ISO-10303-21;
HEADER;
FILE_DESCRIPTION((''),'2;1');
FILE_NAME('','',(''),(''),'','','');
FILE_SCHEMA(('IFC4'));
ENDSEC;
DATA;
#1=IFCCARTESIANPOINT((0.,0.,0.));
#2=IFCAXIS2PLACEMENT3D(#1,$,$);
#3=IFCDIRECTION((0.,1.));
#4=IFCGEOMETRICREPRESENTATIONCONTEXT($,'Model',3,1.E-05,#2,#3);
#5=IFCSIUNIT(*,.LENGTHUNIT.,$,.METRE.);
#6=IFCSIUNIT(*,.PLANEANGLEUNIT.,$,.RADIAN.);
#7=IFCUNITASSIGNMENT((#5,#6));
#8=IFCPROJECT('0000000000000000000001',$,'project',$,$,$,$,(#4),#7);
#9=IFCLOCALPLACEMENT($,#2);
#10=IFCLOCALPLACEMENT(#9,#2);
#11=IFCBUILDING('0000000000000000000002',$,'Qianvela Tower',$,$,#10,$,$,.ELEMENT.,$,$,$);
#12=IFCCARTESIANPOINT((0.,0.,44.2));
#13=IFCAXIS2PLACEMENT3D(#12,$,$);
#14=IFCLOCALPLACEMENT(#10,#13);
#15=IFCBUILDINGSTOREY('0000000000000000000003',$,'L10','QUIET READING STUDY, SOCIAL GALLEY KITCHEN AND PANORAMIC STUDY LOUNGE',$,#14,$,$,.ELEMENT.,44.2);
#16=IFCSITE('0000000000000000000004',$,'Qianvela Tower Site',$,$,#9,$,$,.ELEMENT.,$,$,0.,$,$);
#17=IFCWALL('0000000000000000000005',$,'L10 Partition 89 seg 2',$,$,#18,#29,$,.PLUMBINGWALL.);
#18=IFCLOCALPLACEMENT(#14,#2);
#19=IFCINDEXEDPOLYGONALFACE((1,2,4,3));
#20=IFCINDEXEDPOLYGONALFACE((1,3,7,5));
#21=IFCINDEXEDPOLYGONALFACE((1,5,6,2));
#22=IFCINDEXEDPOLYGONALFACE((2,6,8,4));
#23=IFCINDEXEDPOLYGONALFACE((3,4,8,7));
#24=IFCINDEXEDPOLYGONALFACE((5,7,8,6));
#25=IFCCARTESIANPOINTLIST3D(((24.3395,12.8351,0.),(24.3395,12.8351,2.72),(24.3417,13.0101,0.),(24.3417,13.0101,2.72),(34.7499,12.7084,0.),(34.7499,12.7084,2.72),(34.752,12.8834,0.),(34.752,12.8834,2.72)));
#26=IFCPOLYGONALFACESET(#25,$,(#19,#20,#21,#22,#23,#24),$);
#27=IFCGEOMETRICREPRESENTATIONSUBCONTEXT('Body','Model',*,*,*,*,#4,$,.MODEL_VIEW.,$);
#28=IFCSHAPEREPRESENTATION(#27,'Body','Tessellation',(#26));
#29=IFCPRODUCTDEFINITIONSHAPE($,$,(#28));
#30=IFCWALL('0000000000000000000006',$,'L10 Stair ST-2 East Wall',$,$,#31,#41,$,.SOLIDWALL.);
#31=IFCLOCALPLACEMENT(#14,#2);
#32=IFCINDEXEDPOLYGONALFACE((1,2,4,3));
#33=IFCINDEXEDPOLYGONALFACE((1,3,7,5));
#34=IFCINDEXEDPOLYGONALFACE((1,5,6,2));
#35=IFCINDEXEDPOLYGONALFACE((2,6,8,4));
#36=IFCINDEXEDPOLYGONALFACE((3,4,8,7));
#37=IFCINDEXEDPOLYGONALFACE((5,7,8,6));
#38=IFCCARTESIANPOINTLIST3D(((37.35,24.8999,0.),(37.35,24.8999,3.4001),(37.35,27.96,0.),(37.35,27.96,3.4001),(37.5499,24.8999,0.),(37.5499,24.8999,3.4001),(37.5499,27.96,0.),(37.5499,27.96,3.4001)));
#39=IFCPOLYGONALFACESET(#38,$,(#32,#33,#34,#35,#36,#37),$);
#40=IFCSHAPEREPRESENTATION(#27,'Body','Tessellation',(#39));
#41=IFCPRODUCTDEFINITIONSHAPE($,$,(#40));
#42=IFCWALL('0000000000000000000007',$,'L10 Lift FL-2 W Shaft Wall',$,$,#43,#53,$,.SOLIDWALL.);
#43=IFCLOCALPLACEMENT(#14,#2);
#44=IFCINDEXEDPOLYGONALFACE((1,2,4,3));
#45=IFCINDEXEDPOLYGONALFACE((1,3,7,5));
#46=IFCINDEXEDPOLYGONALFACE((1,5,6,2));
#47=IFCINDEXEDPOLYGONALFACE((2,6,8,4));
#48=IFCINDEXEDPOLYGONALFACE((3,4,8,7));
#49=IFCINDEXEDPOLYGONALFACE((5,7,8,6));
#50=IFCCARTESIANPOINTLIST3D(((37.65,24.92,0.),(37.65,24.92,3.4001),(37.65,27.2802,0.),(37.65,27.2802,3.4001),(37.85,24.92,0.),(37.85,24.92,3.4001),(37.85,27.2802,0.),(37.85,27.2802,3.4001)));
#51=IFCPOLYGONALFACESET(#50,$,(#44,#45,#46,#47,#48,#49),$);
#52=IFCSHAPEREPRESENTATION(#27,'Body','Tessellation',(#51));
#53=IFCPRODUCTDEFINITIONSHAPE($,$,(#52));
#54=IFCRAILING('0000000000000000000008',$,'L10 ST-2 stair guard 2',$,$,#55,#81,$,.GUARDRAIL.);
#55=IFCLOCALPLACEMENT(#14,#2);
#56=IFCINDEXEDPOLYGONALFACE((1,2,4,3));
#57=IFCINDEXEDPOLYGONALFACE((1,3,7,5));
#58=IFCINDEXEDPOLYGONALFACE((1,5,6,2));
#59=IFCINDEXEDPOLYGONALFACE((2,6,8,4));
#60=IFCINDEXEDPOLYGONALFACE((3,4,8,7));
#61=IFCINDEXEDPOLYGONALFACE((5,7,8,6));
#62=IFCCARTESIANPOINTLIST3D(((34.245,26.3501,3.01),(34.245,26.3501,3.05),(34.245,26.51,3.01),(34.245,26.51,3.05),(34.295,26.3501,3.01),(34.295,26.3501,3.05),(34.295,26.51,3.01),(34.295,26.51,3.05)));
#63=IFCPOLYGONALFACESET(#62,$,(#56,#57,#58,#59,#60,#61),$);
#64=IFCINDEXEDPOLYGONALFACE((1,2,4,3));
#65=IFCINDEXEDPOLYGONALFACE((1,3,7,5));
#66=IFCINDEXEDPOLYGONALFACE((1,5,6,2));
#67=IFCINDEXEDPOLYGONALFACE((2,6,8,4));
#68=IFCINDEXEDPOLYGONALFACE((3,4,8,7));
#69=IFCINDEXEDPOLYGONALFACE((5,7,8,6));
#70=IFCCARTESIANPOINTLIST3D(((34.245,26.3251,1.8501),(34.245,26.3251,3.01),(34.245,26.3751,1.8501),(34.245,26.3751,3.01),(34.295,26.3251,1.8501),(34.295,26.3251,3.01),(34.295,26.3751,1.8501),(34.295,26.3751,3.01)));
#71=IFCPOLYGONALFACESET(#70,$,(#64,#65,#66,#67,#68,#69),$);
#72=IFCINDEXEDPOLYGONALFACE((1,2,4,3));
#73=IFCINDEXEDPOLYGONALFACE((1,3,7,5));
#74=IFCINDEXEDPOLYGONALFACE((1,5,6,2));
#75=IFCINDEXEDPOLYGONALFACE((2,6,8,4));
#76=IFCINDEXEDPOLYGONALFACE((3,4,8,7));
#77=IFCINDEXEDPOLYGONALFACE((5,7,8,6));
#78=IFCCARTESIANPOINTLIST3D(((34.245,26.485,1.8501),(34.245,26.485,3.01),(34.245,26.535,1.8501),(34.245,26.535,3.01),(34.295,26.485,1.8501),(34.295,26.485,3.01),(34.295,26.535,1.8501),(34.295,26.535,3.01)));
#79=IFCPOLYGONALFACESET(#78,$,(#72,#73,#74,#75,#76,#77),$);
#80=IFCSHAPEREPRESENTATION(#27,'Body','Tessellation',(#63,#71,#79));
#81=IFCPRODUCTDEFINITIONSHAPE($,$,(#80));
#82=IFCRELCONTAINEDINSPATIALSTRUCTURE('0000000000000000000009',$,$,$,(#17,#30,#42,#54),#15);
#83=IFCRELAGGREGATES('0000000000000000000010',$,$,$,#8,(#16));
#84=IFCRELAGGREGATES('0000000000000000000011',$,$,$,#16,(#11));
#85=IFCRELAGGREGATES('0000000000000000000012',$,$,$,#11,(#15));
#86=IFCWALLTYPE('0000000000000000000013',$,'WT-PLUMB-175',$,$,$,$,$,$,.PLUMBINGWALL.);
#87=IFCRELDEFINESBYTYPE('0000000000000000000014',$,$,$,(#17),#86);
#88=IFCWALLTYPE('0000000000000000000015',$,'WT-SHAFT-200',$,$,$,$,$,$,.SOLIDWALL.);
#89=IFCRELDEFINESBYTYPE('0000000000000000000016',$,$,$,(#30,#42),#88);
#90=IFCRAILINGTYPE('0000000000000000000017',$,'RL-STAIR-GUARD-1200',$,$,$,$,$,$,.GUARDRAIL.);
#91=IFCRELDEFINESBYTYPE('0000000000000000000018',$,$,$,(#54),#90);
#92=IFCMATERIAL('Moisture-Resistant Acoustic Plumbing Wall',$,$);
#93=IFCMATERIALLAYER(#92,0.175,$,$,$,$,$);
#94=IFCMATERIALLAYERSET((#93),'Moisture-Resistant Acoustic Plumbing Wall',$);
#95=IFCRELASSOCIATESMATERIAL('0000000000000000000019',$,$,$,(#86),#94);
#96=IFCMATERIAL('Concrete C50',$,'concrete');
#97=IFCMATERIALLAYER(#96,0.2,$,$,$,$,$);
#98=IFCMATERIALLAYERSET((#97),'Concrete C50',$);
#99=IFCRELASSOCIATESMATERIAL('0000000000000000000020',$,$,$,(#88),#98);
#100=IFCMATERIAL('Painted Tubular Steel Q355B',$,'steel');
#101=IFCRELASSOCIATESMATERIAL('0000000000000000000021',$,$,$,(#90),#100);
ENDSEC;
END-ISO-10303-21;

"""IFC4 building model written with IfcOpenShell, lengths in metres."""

from ifc_helpers import new_model, si_unit, direction, frame, frame_2d, origin, origin_2d, place, context, subcontext, project, spatial, rectangle, extrude, material, layer, layer_set, type_object, element, save


model = new_model("IFC4")

# Units and contexts
model_context = context("Model", 3, precision=1e-05, world=origin(), true_north=direction((0.0, 1.0)))
body_context = subcontext(model_context, "Body", "Model", "MODEL_VIEW")
ifc_project = project(units=[si_unit("LENGTHUNIT", "METRE"), si_unit("PLANEANGLEUNIT", "RADIAN")], contexts=[model_context])

# Site, building, storey
site_placement = place(None, origin())
site = spatial("IfcSite", under=ifc_project, at=site_placement, Name="Qianvela Tower Site", CompositionType="ELEMENT", RefElevation=0.0)
building_placement = place(site_placement, origin())
building = spatial("IfcBuilding", under=site, at=building_placement, Name="Qianvela Tower", CompositionType="ELEMENT")
storey_placement = place(building_placement, frame((0.0, 0.0, 44.2)))
storey = spatial("IfcBuildingStorey", under=building, at=storey_placement, Name="L10", Description="QUIET READING STUDY, SOCIAL GALLEY KITCHEN AND PANORAMIC STUDY LOUNGE", CompositionType="ELEMENT", Elevation=44.2)

# Walls
ifc_material_1 = material(Name="Moisture-Resistant Acoustic Plumbing Wall")
ifc_layer_1 = layer(ifc_material_1, 0.175)
ifc_layer_set_1 = layer_set([ifc_layer_1], Name="Moisture-Resistant Acoustic Plumbing Wall")
wall_type_1 = type_object("IfcWallType", Name="WT-PLUMB-175", PredefinedType="PLUMBINGWALL", material=ifc_layer_set_1)
wall_1_placement = place(storey_placement, frame((34.751, 12.7959, 0.0), z_axis=(0.0, 0.0, 1.0), x_axis=(-0.999926, 0.01217, 0.0)))
element("IfcWall", 1, at=wall_1_placement, inside=storey, type_object=wall_type_1, Name="L10 Partition 89 seg 2", PredefinedType="PLUMBINGWALL", context=body_context, shape_type="SweptSolid", body=[
    extrude(rectangle(XDim=10.4111, YDim=0.175, at=frame_2d((5.2056, 0.0))), origin(), (0.0, 0.0, 1.0), 2.72),
])
ifc_material_2 = material(Name="Concrete C50", Category="concrete")
ifc_layer_2 = layer(ifc_material_2, 0.2)
ifc_layer_set_2 = layer_set([ifc_layer_2], Name="Concrete C50")
wall_type_2 = type_object("IfcWallType", Name="WT-SHAFT-200", PredefinedType="SOLIDWALL", material=ifc_layer_set_2)
wall_2_placement = place(storey_placement, frame((37.45, 24.8999, 0.0), z_axis=(0.0, 0.0, 1.0), x_axis=(0.0, 1.0, 0.0)))
element("IfcWall", 2, at=wall_2_placement, inside=storey, type_object=wall_type_2, Name="L10 Stair ST-2 East Wall", PredefinedType="SOLIDWALL", context=body_context, shape_type="SweptSolid", body=[
    extrude(rectangle(XDim=3.0601, YDim=0.2, at=frame_2d((1.53, 0.0))), origin(), (0.0, 0.0, 1.0), 3.4001),
])

# Wall
wall_3_placement = place(storey_placement, frame((37.75, 24.9199, 0.0), z_axis=(0.0, 0.0, 1.0), x_axis=(0.0, 1.0, 0.0)))
element("IfcWall", 3, at=wall_3_placement, inside=storey, type_object=wall_type_2, Name="L10 Lift FL-2 W Shaft Wall", PredefinedType="SOLIDWALL", context=body_context, shape_type="SweptSolid", body=[
    extrude(rectangle(XDim=2.3601, YDim=0.2, at=frame_2d((1.1802, 0.0))), origin(), (0.0, 0.0, 1.0), 3.4001),
])

# Railing
ifc_material_3 = material(Name="Painted Tubular Steel Q355B", Category="steel")
railing_type = type_object("IfcRailingType", Name="RL-STAIR-GUARD-1200", PredefinedType="GUARDRAIL", material=ifc_material_3)
railing_placement = place(storey_placement, frame((34.27, 26.3501, 1.8501)))
element("IfcRailing", 4, at=railing_placement, inside=storey, type_object=railing_type, Name="L10 ST-2 stair guard 2", PredefinedType="GUARDRAIL", context=body_context, shape_type="SweptSolid", body=[
    extrude(rectangle(XDim=0.05, YDim=0.04, at=origin_2d()), frame((0.0, 0.0, 1.1799), z_axis=(0.0, 1.0, 0.0), x_axis=(-1.0, 0.0, 0.0)), (0.0, 0.0, 1.0), 0.1599),
    extrude(rectangle(XDim=0.05, YDim=0.05, at=origin_2d()), origin(), (0.0, 0.0, 1.0), 1.1599),
    extrude(rectangle(XDim=0.05, YDim=0.05, at=origin_2d()), frame((0.0, 0.1599, 0.0)), (0.0, 0.0, 1.0), 1.1599),
])

save(model, "model.ifc")
